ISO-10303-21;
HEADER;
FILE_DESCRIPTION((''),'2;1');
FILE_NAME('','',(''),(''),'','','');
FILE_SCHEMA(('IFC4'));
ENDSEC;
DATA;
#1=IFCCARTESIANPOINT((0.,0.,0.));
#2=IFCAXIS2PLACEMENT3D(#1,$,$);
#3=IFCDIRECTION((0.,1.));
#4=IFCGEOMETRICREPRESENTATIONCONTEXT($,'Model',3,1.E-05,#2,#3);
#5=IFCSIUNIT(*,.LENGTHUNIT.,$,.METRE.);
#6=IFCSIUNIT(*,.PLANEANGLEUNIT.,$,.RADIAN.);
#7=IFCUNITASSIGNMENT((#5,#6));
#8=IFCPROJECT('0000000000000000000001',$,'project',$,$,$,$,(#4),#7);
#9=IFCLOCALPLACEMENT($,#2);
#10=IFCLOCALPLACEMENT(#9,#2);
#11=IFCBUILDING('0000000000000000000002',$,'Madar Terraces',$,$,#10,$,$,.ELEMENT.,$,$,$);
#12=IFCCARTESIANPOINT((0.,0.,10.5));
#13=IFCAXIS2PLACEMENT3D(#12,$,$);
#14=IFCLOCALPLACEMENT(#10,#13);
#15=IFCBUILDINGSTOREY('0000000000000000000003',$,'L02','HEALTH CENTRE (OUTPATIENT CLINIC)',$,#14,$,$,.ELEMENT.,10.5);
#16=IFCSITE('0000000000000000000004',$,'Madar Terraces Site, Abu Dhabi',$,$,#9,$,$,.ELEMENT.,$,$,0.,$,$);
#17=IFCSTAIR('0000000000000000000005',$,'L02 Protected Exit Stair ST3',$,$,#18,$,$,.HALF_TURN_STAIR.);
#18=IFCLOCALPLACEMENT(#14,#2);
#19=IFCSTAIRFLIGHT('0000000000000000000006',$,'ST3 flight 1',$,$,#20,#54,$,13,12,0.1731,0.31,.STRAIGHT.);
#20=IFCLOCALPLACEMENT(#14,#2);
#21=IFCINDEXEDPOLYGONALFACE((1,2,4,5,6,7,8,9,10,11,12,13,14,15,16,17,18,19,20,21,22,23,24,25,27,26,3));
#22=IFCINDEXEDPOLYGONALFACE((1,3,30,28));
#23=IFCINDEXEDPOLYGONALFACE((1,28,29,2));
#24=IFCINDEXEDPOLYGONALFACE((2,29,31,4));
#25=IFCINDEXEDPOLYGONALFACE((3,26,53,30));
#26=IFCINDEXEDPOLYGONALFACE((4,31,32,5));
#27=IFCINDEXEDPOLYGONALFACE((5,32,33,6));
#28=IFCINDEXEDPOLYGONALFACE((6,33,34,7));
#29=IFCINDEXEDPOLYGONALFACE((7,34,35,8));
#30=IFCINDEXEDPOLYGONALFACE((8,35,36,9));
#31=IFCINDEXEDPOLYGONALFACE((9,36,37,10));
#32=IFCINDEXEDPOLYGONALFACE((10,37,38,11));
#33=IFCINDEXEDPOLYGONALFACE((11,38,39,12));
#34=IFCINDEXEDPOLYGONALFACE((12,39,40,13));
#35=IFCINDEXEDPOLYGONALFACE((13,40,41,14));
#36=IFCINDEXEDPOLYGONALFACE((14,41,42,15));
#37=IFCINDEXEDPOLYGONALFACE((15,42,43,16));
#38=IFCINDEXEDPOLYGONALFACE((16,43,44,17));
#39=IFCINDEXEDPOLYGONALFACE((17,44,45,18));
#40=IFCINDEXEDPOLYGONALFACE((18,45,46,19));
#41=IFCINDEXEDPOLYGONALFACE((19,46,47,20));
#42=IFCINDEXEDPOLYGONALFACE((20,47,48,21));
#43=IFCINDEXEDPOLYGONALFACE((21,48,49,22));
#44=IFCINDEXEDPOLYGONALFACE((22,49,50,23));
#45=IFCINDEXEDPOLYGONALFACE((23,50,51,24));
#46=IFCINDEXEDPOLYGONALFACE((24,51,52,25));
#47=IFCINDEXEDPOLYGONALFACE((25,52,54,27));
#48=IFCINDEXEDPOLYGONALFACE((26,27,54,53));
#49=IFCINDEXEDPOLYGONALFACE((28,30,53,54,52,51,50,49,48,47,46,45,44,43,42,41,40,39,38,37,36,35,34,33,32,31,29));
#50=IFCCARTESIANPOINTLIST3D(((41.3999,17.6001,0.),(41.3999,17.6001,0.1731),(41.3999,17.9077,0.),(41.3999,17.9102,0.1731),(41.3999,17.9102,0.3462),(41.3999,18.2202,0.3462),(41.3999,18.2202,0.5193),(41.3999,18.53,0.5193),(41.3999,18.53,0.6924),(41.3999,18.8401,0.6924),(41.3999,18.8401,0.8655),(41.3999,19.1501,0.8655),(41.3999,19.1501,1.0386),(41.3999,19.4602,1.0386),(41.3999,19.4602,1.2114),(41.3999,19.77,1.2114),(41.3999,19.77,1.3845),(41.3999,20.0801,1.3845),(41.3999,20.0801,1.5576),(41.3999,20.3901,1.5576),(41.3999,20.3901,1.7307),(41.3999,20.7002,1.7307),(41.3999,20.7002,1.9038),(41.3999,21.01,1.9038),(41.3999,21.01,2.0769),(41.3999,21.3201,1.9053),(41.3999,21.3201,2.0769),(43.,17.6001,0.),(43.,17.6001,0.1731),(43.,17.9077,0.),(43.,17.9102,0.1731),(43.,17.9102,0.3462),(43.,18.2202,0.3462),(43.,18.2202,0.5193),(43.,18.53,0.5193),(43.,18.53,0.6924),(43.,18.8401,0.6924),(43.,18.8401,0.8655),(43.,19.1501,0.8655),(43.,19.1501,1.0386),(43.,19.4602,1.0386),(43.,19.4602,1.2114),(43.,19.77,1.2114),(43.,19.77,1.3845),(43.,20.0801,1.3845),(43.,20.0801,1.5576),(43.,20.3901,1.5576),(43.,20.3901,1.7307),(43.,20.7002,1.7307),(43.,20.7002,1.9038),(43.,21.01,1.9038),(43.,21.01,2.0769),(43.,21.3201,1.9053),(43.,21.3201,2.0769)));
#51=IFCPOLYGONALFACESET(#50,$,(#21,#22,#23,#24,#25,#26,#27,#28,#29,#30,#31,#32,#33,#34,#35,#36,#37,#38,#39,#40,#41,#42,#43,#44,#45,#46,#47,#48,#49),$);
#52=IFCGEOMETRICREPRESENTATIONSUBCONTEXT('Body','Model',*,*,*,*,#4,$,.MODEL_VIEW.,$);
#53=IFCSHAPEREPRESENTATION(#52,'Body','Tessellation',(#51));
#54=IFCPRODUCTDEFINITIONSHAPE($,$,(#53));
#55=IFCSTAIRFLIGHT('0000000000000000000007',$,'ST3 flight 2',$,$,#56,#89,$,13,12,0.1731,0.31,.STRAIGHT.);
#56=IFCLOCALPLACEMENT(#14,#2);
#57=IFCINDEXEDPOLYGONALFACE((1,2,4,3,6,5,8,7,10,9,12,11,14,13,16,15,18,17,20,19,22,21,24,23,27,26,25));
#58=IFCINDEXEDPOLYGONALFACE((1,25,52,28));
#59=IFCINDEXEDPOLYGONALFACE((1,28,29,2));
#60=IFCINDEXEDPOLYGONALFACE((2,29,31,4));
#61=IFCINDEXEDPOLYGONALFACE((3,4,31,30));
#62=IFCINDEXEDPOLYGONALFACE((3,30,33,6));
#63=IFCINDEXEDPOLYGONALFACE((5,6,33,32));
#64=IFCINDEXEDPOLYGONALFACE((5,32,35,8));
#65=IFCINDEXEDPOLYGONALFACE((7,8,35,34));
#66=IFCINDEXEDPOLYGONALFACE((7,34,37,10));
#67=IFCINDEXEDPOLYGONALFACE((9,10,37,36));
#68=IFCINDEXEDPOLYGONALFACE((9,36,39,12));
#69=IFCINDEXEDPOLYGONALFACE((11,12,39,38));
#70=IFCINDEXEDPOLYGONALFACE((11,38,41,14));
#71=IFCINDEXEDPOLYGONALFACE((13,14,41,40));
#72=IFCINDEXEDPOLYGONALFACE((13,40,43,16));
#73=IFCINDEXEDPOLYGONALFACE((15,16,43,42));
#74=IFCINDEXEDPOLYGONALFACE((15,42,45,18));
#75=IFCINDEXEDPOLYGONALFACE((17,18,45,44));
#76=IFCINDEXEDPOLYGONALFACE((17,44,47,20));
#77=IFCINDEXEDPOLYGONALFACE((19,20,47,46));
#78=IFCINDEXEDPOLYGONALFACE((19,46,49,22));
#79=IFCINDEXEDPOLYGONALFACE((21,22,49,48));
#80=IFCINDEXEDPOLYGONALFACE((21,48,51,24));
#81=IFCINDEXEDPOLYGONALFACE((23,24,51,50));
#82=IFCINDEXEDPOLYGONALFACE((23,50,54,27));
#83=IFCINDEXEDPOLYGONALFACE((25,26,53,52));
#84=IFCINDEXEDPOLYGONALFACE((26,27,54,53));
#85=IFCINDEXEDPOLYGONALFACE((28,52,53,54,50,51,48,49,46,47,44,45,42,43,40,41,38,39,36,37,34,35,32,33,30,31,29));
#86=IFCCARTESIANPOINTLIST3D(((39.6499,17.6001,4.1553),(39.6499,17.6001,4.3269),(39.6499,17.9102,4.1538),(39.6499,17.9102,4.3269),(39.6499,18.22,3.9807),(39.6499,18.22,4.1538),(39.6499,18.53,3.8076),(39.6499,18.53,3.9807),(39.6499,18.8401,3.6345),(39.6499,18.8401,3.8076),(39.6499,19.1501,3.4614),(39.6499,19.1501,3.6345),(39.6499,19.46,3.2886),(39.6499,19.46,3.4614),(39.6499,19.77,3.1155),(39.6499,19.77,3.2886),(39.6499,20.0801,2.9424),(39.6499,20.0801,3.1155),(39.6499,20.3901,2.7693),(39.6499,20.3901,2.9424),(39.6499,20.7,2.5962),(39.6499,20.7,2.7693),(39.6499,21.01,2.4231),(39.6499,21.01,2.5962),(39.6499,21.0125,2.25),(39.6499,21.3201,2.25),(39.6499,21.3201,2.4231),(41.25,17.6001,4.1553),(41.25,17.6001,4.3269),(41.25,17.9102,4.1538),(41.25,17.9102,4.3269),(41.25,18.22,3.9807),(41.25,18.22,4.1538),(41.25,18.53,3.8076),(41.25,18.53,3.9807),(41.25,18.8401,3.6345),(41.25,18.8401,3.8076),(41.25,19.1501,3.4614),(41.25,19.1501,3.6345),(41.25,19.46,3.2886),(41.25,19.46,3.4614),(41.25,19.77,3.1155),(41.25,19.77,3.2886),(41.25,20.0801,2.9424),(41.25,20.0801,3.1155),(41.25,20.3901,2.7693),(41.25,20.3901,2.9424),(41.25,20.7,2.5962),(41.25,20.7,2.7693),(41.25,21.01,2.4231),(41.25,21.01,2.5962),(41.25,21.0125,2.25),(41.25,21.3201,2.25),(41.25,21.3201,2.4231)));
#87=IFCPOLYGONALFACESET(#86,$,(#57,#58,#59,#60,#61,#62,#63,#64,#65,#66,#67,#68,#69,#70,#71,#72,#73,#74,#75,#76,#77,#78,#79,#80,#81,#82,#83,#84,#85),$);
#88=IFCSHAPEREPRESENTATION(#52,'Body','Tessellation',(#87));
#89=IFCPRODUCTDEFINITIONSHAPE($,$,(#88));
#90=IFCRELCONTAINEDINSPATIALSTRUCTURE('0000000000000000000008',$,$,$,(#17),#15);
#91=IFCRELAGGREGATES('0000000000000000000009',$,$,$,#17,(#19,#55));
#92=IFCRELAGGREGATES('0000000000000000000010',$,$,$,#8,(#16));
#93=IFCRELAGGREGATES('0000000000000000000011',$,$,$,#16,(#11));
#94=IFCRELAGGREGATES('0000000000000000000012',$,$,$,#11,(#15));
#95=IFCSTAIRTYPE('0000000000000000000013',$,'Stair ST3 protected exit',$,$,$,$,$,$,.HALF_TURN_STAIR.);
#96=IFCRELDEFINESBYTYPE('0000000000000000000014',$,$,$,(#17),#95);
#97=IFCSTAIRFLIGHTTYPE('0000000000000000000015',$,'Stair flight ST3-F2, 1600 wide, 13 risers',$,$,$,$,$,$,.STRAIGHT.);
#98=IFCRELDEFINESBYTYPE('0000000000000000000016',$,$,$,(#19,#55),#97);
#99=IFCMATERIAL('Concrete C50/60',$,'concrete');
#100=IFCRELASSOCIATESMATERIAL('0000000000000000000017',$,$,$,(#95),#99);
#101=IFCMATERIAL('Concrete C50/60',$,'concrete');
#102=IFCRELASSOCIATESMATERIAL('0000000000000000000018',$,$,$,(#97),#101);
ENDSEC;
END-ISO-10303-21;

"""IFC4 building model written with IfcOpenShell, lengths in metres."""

from ifc_helpers import new_model, si_unit, direction, frame, origin, place, context, subcontext, project, spatial, polyline, outline, extrude, material, type_object, element, aggregate, save


model = new_model("IFC4")

# Units and contexts
model_context = context("Model", 3, precision=1e-05, world=origin(), true_north=direction((0.0, 1.0)))
body_context = subcontext(model_context, "Body", "Model", "MODEL_VIEW")
ifc_project = project(units=[si_unit("LENGTHUNIT", "METRE"), si_unit("PLANEANGLEUNIT", "RADIAN")], contexts=[model_context])

# Site, building, storey
site_placement = place(None, origin())
site = spatial("IfcSite", under=ifc_project, at=site_placement, Name="Madar Terraces Site, Abu Dhabi", CompositionType="ELEMENT", RefElevation=0.0)
building_placement = place(site_placement, origin())
building = spatial("IfcBuilding", under=site, at=building_placement, Name="Madar Terraces", CompositionType="ELEMENT")
storey_placement = place(building_placement, frame((0.0, 0.0, 10.5)))
storey = spatial("IfcBuildingStorey", under=building, at=storey_placement, Name="L02", Description="HEALTH CENTRE (OUTPATIENT CLINIC)", CompositionType="ELEMENT", Elevation=10.5)

# Stair, stair flights
ifc_material_1 = material(Name="Concrete C50/60", Category="concrete")
stair_type_1 = type_object("IfcStairType", Name="Stair ST3 protected exit", PredefinedType="HALF_TURN_STAIR", material=ifc_material_1)
stair_1_placement = place(storey_placement, origin())
stair_1 = element("IfcStair", 1, at=stair_1_placement, inside=storey, type_object=stair_type_1, Name="L02 Protected Exit Stair ST3", PredefinedType="HALF_TURN_STAIR")
ifc_material_2 = material(Name="Concrete C50/60", Category="concrete")
stair_flight_type_1 = type_object("IfcStairFlightType", Name="Stair flight ST3-F2, 1600 wide, 13 risers", PredefinedType="STRAIGHT", material=ifc_material_2)
stair_flight_1_placement = place(storey_placement, frame((42.2, 17.6001, 0.0), z_axis=(0.0, 0.0, 1.0), x_axis=(0.0, 1.0, 0.0)))
stair_flight_1 = element("IfcStairFlight", 2, at=stair_flight_1_placement, type_object=stair_flight_type_1, Name="ST3 flight 1", NumberOfRisers=13, NumberOfTreads=12, PredefinedType="STRAIGHT", RiserHeight=0.1731, TreadLength=0.31, context=body_context, shape_type="SweptSolid", body=[
    extrude(outline(polyline([(0.0, 0.0), (0.0, 0.1731), (0.3101, 0.1731), (0.3101, 0.3462), (0.6201, 0.3462), (0.6201, 0.5193), (0.9299, 0.5193), (0.9299, 0.6924), (1.24, 0.6924), (1.24, 0.8655), (1.55, 0.8655), (1.55, 1.0386), (1.8601, 1.0386), (1.8601, 1.2114), (2.1699, 1.2114), (2.1699, 1.3845), (2.48, 1.3845), (2.48, 1.5576), (2.79, 1.5576), (2.79, 1.7307), (3.1001, 1.7307), (3.1001, 1.9038), (3.4099, 1.9038), (3.4099, 2.0769), (3.72, 2.0769), (3.72, 2.25), (3.72, 1.9053), (0.3076, 0.0), (0.0, 0.0)])), frame((0.0, 0.8, 0.0), z_axis=(0.0, -1.0, 0.0), x_axis=(1.0, 0.0, 0.0)), (0.0, 0.0, 1.0), 1.6001),
])
stair_flight_2_placement = place(storey_placement, frame((40.45, 21.3201, 2.25), z_axis=(0.0, 0.0, 1.0), x_axis=(0.0, -1.0, 0.0)))
stair_flight_2 = element("IfcStairFlight", 3, at=stair_flight_2_placement, type_object=stair_flight_type_1, Name="ST3 flight 2", NumberOfRisers=13, NumberOfTreads=12, PredefinedType="STRAIGHT", RiserHeight=0.1731, TreadLength=0.31, context=body_context, shape_type="SweptSolid", body=[
    extrude(outline(polyline([(0.0, 0.0), (0.0, 0.1731), (0.3101, 0.1731), (0.3101, 0.3462), (0.6201, 0.3462), (0.6201, 0.5193), (0.9299, 0.5193), (0.9299, 0.6924), (1.24, 0.6924), (1.24, 0.8655), (1.55, 0.8655), (1.55, 1.0386), (1.8601, 1.0386), (1.8601, 1.2114), (2.1699, 1.2114), (2.1699, 1.3845), (2.48, 1.3845), (2.48, 1.5576), (2.79, 1.5576), (2.79, 1.7307), (3.1001, 1.7307), (3.1001, 1.9038), (3.4099, 1.9038), (3.4099, 2.0769), (3.72, 2.0769), (3.72, 2.25), (3.72, 1.9053), (0.3076, 0.0), (0.0, 0.0)])), frame((0.0, 0.8, 0.0), z_axis=(0.0, -1.0, 0.0), x_axis=(1.0, 0.0, 0.0)), (0.0, 0.0, 1.0), 1.6001),
])
aggregate(stair_1, [stair_flight_1, stair_flight_2])

save(model, "model.ifc")
